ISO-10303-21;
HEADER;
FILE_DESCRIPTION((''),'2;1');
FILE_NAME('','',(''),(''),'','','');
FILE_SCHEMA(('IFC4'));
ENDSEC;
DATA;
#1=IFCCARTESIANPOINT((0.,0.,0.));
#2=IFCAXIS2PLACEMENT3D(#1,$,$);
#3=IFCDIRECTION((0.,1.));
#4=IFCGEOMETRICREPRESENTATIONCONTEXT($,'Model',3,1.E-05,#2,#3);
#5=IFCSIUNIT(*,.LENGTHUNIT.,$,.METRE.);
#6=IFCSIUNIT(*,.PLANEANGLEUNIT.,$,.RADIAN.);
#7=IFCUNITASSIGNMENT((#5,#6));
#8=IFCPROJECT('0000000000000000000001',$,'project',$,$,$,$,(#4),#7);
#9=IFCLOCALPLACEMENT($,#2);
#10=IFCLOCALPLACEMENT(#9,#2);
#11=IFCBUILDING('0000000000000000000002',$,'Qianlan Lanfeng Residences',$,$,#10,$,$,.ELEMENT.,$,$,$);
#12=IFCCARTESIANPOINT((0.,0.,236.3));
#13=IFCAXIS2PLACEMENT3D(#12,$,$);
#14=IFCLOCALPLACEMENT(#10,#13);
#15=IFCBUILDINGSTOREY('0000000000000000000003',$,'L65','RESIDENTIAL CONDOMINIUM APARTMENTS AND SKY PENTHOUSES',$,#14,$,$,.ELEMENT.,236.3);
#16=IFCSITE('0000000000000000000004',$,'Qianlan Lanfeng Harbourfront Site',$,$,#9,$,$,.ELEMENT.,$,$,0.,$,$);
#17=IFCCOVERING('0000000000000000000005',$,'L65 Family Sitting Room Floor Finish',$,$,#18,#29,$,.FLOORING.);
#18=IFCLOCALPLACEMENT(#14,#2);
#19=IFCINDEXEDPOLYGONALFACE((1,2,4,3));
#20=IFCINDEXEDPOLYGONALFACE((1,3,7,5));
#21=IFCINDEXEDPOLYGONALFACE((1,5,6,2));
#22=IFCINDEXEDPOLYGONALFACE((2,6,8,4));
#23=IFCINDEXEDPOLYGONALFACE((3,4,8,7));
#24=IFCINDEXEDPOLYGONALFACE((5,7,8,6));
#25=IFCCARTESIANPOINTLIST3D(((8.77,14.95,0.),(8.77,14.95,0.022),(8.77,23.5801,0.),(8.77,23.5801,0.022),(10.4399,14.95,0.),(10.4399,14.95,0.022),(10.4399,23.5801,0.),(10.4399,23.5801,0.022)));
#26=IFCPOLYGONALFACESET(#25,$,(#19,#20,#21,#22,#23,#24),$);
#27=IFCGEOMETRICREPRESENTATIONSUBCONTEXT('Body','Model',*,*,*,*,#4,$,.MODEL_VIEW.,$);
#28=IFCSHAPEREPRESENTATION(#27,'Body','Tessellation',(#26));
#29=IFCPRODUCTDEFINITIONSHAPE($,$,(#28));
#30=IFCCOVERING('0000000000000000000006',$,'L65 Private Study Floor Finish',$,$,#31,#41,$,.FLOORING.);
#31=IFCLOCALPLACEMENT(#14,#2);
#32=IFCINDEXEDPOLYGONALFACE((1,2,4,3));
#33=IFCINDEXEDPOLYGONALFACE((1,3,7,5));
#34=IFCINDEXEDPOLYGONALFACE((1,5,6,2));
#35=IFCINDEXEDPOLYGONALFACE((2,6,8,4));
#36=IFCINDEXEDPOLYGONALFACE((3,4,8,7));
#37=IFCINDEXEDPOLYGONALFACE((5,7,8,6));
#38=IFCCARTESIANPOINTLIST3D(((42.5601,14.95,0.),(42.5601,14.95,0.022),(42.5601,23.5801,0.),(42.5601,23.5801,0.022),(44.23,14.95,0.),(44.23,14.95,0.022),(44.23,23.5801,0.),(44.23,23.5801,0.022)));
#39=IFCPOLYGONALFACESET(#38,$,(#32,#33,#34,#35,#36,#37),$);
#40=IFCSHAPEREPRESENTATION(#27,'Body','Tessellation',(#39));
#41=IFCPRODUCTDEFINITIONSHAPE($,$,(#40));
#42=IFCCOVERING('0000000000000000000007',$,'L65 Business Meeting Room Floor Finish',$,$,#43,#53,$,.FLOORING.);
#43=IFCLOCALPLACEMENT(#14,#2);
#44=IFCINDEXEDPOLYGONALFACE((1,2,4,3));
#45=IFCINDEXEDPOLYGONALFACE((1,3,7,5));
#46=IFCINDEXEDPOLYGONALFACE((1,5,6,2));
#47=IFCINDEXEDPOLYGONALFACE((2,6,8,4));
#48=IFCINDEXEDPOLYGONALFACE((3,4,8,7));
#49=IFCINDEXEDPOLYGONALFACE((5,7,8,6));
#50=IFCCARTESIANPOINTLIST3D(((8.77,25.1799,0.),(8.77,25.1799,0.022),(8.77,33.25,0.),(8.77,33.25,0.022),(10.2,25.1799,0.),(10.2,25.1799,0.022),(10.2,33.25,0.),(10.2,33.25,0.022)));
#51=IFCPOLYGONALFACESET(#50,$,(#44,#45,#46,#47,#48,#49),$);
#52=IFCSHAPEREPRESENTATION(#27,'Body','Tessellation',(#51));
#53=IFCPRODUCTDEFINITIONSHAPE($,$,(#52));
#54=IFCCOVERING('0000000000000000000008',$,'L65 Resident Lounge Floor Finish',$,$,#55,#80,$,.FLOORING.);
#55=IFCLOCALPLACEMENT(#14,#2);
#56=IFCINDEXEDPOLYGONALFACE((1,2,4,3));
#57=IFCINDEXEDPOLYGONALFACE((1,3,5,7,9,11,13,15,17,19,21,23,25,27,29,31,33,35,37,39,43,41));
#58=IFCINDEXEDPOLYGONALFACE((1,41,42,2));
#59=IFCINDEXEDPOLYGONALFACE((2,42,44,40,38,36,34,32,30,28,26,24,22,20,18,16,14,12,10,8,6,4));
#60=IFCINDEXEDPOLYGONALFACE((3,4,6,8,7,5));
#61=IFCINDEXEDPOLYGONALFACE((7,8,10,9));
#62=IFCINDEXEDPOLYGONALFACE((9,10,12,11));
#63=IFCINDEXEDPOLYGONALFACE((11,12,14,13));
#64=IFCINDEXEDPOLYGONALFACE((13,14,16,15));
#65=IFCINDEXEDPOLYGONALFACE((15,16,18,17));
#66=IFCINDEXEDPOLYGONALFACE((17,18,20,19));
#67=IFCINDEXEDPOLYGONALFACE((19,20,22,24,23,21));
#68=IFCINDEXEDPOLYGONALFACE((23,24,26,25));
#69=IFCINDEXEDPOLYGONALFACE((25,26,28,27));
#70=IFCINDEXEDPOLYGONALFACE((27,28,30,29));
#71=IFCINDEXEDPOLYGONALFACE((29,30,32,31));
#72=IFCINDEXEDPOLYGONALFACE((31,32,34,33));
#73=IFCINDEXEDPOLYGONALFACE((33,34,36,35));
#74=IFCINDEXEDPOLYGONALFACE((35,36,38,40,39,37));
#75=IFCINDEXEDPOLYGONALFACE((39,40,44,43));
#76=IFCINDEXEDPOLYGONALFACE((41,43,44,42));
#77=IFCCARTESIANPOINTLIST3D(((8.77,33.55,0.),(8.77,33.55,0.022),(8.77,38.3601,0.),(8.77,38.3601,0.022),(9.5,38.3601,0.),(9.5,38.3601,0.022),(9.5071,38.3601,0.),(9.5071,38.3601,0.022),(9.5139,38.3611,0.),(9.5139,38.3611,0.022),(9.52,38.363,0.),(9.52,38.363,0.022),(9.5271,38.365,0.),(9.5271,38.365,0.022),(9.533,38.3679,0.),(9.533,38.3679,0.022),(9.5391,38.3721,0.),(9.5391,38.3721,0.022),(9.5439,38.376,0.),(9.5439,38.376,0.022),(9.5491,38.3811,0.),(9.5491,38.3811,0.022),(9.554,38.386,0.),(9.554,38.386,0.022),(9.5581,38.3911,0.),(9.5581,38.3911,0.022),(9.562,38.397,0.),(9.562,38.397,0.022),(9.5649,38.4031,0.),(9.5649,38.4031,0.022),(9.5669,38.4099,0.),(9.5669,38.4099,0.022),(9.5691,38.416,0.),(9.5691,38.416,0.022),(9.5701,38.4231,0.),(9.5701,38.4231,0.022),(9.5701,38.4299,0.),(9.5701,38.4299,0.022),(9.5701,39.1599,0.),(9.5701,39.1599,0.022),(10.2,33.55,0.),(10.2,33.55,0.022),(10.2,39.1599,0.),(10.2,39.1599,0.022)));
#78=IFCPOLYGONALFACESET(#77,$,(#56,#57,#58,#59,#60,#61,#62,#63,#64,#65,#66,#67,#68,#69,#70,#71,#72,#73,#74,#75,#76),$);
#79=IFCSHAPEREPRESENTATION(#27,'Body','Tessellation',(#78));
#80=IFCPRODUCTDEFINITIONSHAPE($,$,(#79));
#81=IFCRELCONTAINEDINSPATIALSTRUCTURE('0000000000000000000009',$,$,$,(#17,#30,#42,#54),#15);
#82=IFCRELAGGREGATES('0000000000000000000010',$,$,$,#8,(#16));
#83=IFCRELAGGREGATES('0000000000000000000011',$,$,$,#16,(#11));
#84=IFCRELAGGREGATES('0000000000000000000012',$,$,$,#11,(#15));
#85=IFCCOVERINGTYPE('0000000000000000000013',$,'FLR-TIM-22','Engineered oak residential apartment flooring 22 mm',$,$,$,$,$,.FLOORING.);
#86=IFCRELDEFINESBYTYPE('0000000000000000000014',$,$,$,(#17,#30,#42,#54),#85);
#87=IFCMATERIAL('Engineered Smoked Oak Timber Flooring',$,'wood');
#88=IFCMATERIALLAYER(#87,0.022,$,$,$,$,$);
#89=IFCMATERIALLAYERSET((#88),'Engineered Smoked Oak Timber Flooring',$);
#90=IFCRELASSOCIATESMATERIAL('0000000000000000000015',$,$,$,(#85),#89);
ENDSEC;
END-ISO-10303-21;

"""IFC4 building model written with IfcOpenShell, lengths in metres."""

from ifc_helpers import new_model, si_unit, direction, frame, origin, place, context, subcontext, project, spatial, polyline, outline, extrude, material, layer, layer_set, type_object, element, save


model = new_model("IFC4")

# Units and contexts
model_context = context("Model", 3, precision=1e-05, world=origin(), true_north=direction((0.0, 1.0)))
body_context = subcontext(model_context, "Body", "Model", "MODEL_VIEW")
ifc_project = project(units=[si_unit("LENGTHUNIT", "METRE"), si_unit("PLANEANGLEUNIT", "RADIAN")], contexts=[model_context])

# Site, building, storey
site_placement = place(None, origin())
site = spatial("IfcSite", under=ifc_project, at=site_placement, Name="Qianlan Lanfeng Harbourfront Site", CompositionType="ELEMENT", RefElevation=0.0)
building_placement = place(site_placement, origin())
building = spatial("IfcBuilding", under=site, at=building_placement, Name="Qianlan Lanfeng Residences", CompositionType="ELEMENT")
storey_placement = place(building_placement, frame((0.0, 0.0, 236.3)))
storey = spatial("IfcBuildingStorey", under=building, at=storey_placement, Name="L65", Description="RESIDENTIAL CONDOMINIUM APARTMENTS AND SKY PENTHOUSES", CompositionType="ELEMENT", Elevation=236.3)

# Coverings
ifc_material_1 = material(Name="Engineered Smoked Oak Timber Flooring", Category="wood")
ifc_layer_1 = layer(ifc_material_1, 0.022)
ifc_layer_set_1 = layer_set([ifc_layer_1], Name="Engineered Smoked Oak Timber Flooring")
covering_type_1 = type_object("IfcCoveringType", Name="FLR-TIM-22", Description="Engineered oak residential apartment flooring 22 mm", PredefinedType="FLOORING", material=ifc_layer_set_1)
covering_1_placement = place(storey_placement, origin())
element("IfcCovering", 1, at=covering_1_placement, inside=storey, type_object=covering_type_1, Name="L65 Family Sitting Room Floor Finish", PredefinedType="FLOORING", context=body_context, shape_type="SweptSolid", body=[
    extrude(outline(polyline([(10.4399, 23.5801), (8.77, 23.5801), (8.77, 14.95), (10.4399, 14.95), (10.4399, 23.5801)])), origin(), (0.0, 0.0, 1.0), 0.022),
])
covering_2_placement = place(storey_placement, origin())
element("IfcCovering", 2, at=covering_2_placement, inside=storey, type_object=covering_type_1, Name="L65 Private Study Floor Finish", PredefinedType="FLOORING", context=body_context, shape_type="SweptSolid", body=[
    extrude(outline(polyline([(44.23, 23.5801), (42.5601, 23.5801), (42.5601, 14.95), (44.23, 14.95), (44.23, 23.5801)])), origin(), (0.0, 0.0, 1.0), 0.022),
])
covering_3_placement = place(storey_placement, origin())
element("IfcCovering", 3, at=covering_3_placement, inside=storey, type_object=covering_type_1, Name="L65 Business Meeting Room Floor Finish", PredefinedType="FLOORING", context=body_context, shape_type="SweptSolid", body=[
    extrude(outline(polyline([(10.2, 33.25), (8.77, 33.25), (8.77, 25.1799), (10.2, 25.1799), (10.2, 33.25)])), origin(), (0.0, 0.0, 1.0), 0.022),
])
covering_4_placement = place(storey_placement, origin())
element("IfcCovering", 4, at=covering_4_placement, inside=storey, type_object=covering_type_1, Name="L65 Resident Lounge Floor Finish", PredefinedType="FLOORING", context=body_context, shape_type="SweptSolid", body=[
    extrude(outline(polyline([(8.77, 33.55), (10.2, 33.55), (10.2, 39.1599), (9.5701, 39.1599), (9.5701, 38.4299), (9.5701, 38.4231), (9.5691, 38.416), (9.5669, 38.4099), (9.5649, 38.4031), (9.562, 38.397), (9.5581, 38.3911), (9.554, 38.386), (9.5491, 38.3811), (9.5439, 38.376), (9.5391, 38.3721), (9.533, 38.3679), (9.5271, 38.365), (9.52, 38.363), (9.5139, 38.3611), (9.5071, 38.3601), (9.5, 38.3601), (8.77, 38.3601), (8.77, 33.55)])), origin(), (0.0, 0.0, 1.0), 0.022),
])

save(model, "model.ifc")
